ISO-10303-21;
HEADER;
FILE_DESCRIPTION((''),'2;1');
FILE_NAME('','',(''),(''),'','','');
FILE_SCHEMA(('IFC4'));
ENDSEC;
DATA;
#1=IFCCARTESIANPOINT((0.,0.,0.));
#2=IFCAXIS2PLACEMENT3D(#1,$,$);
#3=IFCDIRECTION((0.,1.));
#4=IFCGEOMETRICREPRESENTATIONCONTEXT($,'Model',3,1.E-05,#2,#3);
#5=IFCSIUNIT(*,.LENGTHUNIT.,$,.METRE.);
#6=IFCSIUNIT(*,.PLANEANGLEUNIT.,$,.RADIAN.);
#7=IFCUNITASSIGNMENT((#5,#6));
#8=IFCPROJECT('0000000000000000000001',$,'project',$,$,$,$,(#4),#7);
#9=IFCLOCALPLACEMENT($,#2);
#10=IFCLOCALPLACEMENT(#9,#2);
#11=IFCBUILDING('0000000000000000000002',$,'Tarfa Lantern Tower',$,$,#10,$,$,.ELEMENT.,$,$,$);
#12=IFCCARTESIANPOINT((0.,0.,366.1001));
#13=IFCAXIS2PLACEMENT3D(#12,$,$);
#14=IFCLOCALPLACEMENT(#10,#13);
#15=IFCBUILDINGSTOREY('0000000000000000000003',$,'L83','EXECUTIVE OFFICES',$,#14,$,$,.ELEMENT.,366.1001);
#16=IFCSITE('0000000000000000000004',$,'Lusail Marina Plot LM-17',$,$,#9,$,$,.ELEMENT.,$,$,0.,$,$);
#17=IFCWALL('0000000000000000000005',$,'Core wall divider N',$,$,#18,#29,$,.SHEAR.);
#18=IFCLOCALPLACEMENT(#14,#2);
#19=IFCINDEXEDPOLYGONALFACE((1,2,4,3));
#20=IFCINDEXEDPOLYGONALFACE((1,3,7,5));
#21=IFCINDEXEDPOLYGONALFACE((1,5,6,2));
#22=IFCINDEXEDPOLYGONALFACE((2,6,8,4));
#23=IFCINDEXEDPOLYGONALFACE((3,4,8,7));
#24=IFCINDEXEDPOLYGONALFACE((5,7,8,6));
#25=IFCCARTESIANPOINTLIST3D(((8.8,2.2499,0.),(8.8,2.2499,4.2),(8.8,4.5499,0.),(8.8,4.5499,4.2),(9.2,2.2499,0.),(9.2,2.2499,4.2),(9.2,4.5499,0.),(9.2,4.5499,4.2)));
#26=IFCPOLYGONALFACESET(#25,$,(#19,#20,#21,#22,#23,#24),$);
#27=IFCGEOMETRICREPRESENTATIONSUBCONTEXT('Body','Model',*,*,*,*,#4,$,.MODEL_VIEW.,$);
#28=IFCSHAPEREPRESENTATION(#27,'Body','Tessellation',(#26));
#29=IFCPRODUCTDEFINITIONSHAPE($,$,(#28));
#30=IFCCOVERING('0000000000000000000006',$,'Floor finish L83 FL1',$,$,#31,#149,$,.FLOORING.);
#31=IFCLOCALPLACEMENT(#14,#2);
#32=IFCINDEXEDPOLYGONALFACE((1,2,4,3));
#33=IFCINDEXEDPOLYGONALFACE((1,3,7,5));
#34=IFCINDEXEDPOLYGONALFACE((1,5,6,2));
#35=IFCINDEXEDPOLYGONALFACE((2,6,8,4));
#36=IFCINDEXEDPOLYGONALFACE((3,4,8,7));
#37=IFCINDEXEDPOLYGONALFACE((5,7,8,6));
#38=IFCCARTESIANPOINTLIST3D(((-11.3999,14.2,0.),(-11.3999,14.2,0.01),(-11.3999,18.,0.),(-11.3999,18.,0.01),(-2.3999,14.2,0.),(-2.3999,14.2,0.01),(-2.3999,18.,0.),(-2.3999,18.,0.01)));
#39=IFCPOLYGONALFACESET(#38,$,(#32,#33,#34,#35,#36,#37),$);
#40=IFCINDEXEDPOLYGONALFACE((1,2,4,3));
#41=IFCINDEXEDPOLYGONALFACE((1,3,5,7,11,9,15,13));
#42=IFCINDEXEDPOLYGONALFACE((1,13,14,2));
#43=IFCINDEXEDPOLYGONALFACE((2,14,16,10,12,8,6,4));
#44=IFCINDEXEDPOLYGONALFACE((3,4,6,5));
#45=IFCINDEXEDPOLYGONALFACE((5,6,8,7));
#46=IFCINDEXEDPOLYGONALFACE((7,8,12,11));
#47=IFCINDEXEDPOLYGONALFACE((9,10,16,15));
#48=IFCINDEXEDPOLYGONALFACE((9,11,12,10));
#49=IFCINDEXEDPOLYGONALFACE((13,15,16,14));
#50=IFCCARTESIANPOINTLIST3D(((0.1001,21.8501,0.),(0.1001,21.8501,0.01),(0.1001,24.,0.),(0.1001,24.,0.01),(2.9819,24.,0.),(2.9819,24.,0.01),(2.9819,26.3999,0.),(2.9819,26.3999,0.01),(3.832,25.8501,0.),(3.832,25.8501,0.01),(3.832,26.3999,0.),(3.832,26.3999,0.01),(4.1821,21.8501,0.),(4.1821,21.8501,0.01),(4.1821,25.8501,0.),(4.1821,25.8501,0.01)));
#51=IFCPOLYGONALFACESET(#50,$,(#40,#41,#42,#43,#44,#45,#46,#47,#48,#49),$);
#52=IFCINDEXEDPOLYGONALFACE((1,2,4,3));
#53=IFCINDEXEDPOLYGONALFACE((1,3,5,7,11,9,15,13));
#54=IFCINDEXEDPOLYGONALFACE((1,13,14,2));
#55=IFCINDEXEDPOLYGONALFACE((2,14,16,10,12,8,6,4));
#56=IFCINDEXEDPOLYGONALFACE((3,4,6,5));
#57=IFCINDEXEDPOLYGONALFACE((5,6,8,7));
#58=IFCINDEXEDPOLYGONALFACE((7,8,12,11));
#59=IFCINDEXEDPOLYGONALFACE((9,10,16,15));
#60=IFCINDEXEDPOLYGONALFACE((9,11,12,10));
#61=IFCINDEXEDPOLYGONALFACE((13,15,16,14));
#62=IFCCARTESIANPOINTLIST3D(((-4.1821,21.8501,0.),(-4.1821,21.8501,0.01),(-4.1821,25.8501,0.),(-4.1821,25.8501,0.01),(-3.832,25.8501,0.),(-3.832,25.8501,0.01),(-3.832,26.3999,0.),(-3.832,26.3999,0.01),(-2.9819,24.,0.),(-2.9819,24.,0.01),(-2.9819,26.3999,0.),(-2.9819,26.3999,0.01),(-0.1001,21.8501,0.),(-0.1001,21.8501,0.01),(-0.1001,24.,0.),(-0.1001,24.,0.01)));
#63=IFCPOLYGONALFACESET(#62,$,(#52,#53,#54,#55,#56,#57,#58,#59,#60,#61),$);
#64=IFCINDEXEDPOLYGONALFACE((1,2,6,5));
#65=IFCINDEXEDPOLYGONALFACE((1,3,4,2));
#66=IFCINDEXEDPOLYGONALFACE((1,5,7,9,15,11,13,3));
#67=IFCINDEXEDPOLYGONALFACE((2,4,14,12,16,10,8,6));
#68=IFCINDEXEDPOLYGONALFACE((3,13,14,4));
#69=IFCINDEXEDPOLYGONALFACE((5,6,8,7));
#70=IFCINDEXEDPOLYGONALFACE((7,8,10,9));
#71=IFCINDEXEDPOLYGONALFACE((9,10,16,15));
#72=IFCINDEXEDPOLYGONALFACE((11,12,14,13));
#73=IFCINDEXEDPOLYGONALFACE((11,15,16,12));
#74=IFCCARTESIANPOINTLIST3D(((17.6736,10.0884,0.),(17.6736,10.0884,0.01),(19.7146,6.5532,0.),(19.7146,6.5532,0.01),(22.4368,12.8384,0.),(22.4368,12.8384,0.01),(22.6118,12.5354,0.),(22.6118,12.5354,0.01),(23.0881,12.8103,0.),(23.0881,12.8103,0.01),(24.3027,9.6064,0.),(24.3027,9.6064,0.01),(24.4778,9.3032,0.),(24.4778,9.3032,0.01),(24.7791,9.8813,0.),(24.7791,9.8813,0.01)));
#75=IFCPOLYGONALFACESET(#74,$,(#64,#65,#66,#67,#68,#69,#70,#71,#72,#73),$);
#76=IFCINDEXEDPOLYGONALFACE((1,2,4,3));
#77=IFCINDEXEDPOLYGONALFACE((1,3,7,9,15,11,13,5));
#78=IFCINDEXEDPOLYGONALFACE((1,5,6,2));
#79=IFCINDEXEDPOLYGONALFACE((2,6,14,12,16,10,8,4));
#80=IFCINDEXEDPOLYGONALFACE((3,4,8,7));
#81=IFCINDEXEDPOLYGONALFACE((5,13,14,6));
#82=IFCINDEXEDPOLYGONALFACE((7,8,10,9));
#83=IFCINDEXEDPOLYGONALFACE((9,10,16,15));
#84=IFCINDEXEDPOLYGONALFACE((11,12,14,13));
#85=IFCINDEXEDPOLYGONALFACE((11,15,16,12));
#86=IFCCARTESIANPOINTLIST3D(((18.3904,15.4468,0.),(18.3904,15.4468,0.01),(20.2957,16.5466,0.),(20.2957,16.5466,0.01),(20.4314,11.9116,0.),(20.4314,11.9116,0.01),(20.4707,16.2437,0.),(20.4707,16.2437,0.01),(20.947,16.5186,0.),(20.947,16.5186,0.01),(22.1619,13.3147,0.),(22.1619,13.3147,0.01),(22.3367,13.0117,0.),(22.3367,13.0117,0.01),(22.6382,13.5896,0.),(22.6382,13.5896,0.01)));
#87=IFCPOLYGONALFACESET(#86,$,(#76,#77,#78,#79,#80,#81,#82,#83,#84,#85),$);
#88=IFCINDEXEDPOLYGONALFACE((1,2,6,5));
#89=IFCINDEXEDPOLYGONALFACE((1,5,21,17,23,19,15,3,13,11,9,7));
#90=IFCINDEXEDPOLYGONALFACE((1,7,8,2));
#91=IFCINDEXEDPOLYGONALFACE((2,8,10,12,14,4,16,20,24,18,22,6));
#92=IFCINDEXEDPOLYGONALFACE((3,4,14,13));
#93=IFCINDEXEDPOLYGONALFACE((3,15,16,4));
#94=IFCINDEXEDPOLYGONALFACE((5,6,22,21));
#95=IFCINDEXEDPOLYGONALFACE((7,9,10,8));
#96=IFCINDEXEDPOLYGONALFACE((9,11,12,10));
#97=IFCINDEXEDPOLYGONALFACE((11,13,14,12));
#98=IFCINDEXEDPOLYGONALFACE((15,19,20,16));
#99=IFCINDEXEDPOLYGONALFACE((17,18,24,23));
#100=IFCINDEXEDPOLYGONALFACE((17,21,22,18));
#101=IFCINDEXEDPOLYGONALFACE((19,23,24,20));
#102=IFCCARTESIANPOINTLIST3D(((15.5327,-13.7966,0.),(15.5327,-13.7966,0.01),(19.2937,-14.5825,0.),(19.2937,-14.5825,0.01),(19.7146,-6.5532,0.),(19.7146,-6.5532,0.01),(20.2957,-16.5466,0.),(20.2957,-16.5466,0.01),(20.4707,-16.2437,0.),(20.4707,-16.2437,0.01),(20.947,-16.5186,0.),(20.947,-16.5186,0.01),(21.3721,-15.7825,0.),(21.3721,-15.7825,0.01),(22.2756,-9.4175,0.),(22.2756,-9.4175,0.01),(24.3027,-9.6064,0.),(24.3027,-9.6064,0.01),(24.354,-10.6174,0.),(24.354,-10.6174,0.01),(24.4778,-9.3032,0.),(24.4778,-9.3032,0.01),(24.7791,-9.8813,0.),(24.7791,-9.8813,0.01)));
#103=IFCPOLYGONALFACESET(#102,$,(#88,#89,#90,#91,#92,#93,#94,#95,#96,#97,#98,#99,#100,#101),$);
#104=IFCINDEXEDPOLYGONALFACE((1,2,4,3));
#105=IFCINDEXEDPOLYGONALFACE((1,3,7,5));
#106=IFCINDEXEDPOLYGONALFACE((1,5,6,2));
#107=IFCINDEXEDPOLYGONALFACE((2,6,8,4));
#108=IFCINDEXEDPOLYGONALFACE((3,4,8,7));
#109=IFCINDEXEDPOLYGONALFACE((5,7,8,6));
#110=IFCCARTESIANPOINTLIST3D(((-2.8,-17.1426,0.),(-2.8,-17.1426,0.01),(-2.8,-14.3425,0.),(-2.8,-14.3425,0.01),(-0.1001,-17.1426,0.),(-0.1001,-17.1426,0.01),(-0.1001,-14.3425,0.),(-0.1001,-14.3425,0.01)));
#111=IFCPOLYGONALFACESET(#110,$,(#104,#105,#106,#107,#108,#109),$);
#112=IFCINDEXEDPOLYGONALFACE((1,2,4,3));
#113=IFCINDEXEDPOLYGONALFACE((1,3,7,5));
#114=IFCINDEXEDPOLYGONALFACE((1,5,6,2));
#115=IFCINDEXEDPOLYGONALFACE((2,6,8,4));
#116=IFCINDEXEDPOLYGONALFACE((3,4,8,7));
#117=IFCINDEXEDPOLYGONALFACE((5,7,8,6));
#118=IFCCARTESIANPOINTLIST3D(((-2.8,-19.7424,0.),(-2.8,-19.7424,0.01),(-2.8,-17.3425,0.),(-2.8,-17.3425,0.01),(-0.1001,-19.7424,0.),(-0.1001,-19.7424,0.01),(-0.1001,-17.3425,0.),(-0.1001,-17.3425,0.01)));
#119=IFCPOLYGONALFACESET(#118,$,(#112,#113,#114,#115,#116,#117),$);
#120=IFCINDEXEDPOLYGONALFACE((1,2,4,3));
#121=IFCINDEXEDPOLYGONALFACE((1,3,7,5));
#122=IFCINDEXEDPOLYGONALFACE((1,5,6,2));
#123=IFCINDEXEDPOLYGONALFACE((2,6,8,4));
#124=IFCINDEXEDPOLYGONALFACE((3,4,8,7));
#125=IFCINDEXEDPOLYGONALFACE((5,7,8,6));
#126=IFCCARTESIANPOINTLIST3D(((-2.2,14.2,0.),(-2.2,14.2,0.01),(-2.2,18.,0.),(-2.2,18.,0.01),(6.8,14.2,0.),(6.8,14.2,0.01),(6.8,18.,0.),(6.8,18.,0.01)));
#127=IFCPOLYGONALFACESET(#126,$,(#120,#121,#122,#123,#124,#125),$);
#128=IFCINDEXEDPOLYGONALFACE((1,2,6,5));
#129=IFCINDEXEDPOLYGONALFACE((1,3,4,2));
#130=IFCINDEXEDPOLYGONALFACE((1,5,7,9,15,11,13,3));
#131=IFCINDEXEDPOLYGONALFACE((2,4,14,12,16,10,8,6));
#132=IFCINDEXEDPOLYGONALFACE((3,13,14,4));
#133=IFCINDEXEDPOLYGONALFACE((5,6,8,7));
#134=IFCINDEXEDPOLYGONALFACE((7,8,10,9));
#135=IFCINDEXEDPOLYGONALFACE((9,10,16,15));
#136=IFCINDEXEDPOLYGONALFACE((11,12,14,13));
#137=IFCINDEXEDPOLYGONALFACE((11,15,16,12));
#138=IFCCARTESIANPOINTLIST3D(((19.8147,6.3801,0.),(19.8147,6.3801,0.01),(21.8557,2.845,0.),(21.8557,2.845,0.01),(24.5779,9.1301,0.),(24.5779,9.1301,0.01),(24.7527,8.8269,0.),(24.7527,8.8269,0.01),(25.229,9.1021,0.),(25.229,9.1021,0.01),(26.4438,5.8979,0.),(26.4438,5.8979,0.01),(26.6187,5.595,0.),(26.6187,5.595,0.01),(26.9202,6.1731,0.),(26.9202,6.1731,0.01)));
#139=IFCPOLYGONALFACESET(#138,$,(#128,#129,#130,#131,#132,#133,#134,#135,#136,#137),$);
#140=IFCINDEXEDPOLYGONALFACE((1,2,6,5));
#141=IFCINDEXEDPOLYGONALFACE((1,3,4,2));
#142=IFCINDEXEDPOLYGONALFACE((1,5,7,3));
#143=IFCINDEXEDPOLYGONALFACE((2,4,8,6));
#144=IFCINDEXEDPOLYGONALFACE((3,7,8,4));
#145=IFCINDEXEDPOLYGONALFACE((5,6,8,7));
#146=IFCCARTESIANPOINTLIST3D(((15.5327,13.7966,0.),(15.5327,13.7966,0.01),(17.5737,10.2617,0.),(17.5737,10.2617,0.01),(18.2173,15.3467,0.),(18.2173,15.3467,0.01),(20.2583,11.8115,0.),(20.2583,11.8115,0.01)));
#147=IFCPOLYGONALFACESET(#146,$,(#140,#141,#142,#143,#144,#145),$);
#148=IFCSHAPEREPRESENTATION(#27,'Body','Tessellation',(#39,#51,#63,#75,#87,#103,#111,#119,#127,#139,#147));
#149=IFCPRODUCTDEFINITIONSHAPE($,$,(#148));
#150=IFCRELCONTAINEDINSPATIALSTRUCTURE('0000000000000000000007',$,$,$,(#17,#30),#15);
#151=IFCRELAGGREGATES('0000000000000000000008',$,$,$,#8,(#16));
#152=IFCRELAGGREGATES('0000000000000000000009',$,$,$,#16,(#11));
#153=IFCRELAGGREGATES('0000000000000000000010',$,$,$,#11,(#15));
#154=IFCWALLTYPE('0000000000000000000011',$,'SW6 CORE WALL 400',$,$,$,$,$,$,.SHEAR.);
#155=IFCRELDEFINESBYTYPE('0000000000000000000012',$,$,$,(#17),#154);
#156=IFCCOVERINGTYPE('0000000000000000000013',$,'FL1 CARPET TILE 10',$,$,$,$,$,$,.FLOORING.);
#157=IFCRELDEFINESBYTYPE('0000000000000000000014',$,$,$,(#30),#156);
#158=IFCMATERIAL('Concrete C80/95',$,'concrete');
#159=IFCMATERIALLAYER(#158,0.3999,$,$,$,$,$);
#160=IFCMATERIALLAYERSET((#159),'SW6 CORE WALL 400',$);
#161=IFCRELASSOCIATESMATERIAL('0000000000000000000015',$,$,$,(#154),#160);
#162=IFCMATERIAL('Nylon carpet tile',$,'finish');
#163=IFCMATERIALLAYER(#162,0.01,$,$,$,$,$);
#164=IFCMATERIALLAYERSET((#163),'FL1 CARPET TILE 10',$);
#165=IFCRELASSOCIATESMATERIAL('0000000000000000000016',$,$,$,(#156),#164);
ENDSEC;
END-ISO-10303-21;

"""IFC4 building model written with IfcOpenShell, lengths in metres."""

from ifc_helpers import new_model, si_unit, direction, frame, frame_2d, origin, place, context, subcontext, project, spatial, polyline, rectangle, outline, extrude, material, layer, layer_set, type_object, element, save


model = new_model("IFC4")

# Units and contexts
model_context = context("Model", 3, precision=1e-05, world=origin(), true_north=direction((0.0, 1.0)))
body_context = subcontext(model_context, "Body", "Model", "MODEL_VIEW")
ifc_project = project(units=[si_unit("LENGTHUNIT", "METRE"), si_unit("PLANEANGLEUNIT", "RADIAN")], contexts=[model_context])

# Site, building, storey
site_placement = place(None, origin())
site = spatial("IfcSite", under=ifc_project, at=site_placement, Name="Lusail Marina Plot LM-17", CompositionType="ELEMENT", RefElevation=0.0)
building_placement = place(site_placement, origin())
building = spatial("IfcBuilding", under=site, at=building_placement, Name="Tarfa Lantern Tower", CompositionType="ELEMENT")
storey_placement = place(building_placement, frame((0.0, 0.0, 366.1001)))
storey = spatial("IfcBuildingStorey", under=building, at=storey_placement, Name="L83", Description="EXECUTIVE OFFICES", CompositionType="ELEMENT", Elevation=366.1001)

# Shared definitions
ifc_material_1 = material(Name="Concrete C80/95", Category="concrete")

# Wall
ifc_layer_1 = layer(ifc_material_1, 0.3999)
ifc_layer_set_1 = layer_set([ifc_layer_1], Name="SW6 CORE WALL 400")
wall_type_1 = type_object("IfcWallType", Name="SW6 CORE WALL 400", PredefinedType="SHEAR", material=ifc_layer_set_1)
wall_1_placement = place(storey_placement, frame((9.0, 2.25, 0.0), z_axis=(0.0, 0.0, 1.0), x_axis=(0.0, 1.0, 0.0)))
element("IfcWall", 1, at=wall_1_placement, inside=storey, type_object=wall_type_1, Name="Core wall divider N", PredefinedType="SHEAR", context=body_context, shape_type="SweptSolid", body=[
    extrude(rectangle(XDim=2.3, YDim=0.3999, at=frame_2d((1.1499, 0.0))), origin(), (0.0, 0.0, 1.0), 4.2),
])

# Covering
ifc_material_2 = material(Name="Nylon carpet tile", Category="finish")
ifc_layer_2 = layer(ifc_material_2, 0.01)
ifc_layer_set_2 = layer_set([ifc_layer_2], Name="FL1 CARPET TILE 10")
covering_type_1 = type_object("IfcCoveringType", Name="FL1 CARPET TILE 10", PredefinedType="FLOORING", material=ifc_layer_set_2)
covering_1_placement = place(storey_placement, origin())
element("IfcCovering", 2, at=covering_1_placement, inside=storey, type_object=covering_type_1, Name="Floor finish L83 FL1", PredefinedType="FLOORING", context=body_context, shape_type="SweptSolid", body=[
    extrude(outline(polyline([(-11.3999, 18.0), (-2.3999, 18.0), (-2.3999, 14.2), (-11.3999, 14.2), (-11.3999, 18.0)])), origin(), (0.0, 0.0, 1.0), 0.01),
    extrude(outline(polyline([(4.1821, 21.8501), (0.1001, 21.8501), (0.1001, 24.0), (2.9819, 24.0), (2.9819, 26.3999), (3.832, 26.3999), (3.832, 25.8501), (4.1821, 25.8501), (4.1821, 21.8501)])), origin(), (0.0, 0.0, 1.0), 0.01),
    extrude(outline(polyline([(-2.9819, 24.0), (-0.1001, 24.0), (-0.1001, 21.8501), (-4.1821, 21.8501), (-4.1821, 25.8501), (-3.832, 25.8501), (-3.832, 26.3999), (-2.9819, 26.3999), (-2.9819, 24.0)])), origin(), (0.0, 0.0, 1.0), 0.01),
    extrude(outline(polyline([(17.6736, 10.0884), (22.4368, 12.8384), (22.6118, 12.5354), (23.0881, 12.8103), (24.7791, 9.8813), (24.3027, 9.6064), (24.4778, 9.3032), (19.7146, 6.5532), (17.6736, 10.0884)])), origin(), (0.0, 0.0, 1.0), 0.01),
    extrude(outline(polyline([(18.3904, 15.4468), (20.2957, 16.5466), (20.4707, 16.2437), (20.947, 16.5186), (22.6382, 13.5896), (22.1619, 13.3147), (22.3367, 13.0117), (20.4314, 11.9116), (18.3904, 15.4468)])), origin(), (0.0, 0.0, 1.0), 0.01),
    extrude(outline(polyline([(19.7146, -6.5532), (24.4778, -9.3032), (24.3027, -9.6064), (24.7791, -9.8813), (24.354, -10.6174), (22.2756, -9.4175), (19.2937, -14.5825), (21.3721, -15.7825), (20.947, -16.5186), (20.4707, -16.2437), (20.2957, -16.5466), (15.5327, -13.7966), (19.7146, -6.5532)])), origin(), (0.0, 0.0, 1.0), 0.01),
    extrude(outline(polyline([(-2.8, -17.1426), (-2.8, -14.3425), (-0.1001, -14.3425), (-0.1001, -17.1426), (-2.8, -17.1426)])), origin(), (0.0, 0.0, 1.0), 0.01),
    extrude(outline(polyline([(-2.8, -19.7424), (-2.8, -17.3425), (-0.1001, -17.3425), (-0.1001, -19.7424), (-2.8, -19.7424)])), origin(), (0.0, 0.0, 1.0), 0.01),
    extrude(outline(polyline([(-2.2, 18.0), (6.8, 18.0), (6.8, 14.2), (-2.2, 14.2), (-2.2, 18.0)])), origin(), (0.0, 0.0, 1.0), 0.01),
    extrude(outline(polyline([(19.8147, 6.3801), (24.5779, 9.1301), (24.7527, 8.8269), (25.229, 9.1021), (26.9202, 6.1731), (26.4438, 5.8979), (26.6187, 5.595), (21.8557, 2.845), (19.8147, 6.3801)])), origin(), (0.0, 0.0, 1.0), 0.01),
    extrude(outline(polyline([(15.5327, 13.7966), (18.2173, 15.3467), (20.2583, 11.8115), (17.5737, 10.2617), (15.5327, 13.7966)])), origin(), (0.0, 0.0, 1.0), 0.01),
])

save(model, "model.ifc")
